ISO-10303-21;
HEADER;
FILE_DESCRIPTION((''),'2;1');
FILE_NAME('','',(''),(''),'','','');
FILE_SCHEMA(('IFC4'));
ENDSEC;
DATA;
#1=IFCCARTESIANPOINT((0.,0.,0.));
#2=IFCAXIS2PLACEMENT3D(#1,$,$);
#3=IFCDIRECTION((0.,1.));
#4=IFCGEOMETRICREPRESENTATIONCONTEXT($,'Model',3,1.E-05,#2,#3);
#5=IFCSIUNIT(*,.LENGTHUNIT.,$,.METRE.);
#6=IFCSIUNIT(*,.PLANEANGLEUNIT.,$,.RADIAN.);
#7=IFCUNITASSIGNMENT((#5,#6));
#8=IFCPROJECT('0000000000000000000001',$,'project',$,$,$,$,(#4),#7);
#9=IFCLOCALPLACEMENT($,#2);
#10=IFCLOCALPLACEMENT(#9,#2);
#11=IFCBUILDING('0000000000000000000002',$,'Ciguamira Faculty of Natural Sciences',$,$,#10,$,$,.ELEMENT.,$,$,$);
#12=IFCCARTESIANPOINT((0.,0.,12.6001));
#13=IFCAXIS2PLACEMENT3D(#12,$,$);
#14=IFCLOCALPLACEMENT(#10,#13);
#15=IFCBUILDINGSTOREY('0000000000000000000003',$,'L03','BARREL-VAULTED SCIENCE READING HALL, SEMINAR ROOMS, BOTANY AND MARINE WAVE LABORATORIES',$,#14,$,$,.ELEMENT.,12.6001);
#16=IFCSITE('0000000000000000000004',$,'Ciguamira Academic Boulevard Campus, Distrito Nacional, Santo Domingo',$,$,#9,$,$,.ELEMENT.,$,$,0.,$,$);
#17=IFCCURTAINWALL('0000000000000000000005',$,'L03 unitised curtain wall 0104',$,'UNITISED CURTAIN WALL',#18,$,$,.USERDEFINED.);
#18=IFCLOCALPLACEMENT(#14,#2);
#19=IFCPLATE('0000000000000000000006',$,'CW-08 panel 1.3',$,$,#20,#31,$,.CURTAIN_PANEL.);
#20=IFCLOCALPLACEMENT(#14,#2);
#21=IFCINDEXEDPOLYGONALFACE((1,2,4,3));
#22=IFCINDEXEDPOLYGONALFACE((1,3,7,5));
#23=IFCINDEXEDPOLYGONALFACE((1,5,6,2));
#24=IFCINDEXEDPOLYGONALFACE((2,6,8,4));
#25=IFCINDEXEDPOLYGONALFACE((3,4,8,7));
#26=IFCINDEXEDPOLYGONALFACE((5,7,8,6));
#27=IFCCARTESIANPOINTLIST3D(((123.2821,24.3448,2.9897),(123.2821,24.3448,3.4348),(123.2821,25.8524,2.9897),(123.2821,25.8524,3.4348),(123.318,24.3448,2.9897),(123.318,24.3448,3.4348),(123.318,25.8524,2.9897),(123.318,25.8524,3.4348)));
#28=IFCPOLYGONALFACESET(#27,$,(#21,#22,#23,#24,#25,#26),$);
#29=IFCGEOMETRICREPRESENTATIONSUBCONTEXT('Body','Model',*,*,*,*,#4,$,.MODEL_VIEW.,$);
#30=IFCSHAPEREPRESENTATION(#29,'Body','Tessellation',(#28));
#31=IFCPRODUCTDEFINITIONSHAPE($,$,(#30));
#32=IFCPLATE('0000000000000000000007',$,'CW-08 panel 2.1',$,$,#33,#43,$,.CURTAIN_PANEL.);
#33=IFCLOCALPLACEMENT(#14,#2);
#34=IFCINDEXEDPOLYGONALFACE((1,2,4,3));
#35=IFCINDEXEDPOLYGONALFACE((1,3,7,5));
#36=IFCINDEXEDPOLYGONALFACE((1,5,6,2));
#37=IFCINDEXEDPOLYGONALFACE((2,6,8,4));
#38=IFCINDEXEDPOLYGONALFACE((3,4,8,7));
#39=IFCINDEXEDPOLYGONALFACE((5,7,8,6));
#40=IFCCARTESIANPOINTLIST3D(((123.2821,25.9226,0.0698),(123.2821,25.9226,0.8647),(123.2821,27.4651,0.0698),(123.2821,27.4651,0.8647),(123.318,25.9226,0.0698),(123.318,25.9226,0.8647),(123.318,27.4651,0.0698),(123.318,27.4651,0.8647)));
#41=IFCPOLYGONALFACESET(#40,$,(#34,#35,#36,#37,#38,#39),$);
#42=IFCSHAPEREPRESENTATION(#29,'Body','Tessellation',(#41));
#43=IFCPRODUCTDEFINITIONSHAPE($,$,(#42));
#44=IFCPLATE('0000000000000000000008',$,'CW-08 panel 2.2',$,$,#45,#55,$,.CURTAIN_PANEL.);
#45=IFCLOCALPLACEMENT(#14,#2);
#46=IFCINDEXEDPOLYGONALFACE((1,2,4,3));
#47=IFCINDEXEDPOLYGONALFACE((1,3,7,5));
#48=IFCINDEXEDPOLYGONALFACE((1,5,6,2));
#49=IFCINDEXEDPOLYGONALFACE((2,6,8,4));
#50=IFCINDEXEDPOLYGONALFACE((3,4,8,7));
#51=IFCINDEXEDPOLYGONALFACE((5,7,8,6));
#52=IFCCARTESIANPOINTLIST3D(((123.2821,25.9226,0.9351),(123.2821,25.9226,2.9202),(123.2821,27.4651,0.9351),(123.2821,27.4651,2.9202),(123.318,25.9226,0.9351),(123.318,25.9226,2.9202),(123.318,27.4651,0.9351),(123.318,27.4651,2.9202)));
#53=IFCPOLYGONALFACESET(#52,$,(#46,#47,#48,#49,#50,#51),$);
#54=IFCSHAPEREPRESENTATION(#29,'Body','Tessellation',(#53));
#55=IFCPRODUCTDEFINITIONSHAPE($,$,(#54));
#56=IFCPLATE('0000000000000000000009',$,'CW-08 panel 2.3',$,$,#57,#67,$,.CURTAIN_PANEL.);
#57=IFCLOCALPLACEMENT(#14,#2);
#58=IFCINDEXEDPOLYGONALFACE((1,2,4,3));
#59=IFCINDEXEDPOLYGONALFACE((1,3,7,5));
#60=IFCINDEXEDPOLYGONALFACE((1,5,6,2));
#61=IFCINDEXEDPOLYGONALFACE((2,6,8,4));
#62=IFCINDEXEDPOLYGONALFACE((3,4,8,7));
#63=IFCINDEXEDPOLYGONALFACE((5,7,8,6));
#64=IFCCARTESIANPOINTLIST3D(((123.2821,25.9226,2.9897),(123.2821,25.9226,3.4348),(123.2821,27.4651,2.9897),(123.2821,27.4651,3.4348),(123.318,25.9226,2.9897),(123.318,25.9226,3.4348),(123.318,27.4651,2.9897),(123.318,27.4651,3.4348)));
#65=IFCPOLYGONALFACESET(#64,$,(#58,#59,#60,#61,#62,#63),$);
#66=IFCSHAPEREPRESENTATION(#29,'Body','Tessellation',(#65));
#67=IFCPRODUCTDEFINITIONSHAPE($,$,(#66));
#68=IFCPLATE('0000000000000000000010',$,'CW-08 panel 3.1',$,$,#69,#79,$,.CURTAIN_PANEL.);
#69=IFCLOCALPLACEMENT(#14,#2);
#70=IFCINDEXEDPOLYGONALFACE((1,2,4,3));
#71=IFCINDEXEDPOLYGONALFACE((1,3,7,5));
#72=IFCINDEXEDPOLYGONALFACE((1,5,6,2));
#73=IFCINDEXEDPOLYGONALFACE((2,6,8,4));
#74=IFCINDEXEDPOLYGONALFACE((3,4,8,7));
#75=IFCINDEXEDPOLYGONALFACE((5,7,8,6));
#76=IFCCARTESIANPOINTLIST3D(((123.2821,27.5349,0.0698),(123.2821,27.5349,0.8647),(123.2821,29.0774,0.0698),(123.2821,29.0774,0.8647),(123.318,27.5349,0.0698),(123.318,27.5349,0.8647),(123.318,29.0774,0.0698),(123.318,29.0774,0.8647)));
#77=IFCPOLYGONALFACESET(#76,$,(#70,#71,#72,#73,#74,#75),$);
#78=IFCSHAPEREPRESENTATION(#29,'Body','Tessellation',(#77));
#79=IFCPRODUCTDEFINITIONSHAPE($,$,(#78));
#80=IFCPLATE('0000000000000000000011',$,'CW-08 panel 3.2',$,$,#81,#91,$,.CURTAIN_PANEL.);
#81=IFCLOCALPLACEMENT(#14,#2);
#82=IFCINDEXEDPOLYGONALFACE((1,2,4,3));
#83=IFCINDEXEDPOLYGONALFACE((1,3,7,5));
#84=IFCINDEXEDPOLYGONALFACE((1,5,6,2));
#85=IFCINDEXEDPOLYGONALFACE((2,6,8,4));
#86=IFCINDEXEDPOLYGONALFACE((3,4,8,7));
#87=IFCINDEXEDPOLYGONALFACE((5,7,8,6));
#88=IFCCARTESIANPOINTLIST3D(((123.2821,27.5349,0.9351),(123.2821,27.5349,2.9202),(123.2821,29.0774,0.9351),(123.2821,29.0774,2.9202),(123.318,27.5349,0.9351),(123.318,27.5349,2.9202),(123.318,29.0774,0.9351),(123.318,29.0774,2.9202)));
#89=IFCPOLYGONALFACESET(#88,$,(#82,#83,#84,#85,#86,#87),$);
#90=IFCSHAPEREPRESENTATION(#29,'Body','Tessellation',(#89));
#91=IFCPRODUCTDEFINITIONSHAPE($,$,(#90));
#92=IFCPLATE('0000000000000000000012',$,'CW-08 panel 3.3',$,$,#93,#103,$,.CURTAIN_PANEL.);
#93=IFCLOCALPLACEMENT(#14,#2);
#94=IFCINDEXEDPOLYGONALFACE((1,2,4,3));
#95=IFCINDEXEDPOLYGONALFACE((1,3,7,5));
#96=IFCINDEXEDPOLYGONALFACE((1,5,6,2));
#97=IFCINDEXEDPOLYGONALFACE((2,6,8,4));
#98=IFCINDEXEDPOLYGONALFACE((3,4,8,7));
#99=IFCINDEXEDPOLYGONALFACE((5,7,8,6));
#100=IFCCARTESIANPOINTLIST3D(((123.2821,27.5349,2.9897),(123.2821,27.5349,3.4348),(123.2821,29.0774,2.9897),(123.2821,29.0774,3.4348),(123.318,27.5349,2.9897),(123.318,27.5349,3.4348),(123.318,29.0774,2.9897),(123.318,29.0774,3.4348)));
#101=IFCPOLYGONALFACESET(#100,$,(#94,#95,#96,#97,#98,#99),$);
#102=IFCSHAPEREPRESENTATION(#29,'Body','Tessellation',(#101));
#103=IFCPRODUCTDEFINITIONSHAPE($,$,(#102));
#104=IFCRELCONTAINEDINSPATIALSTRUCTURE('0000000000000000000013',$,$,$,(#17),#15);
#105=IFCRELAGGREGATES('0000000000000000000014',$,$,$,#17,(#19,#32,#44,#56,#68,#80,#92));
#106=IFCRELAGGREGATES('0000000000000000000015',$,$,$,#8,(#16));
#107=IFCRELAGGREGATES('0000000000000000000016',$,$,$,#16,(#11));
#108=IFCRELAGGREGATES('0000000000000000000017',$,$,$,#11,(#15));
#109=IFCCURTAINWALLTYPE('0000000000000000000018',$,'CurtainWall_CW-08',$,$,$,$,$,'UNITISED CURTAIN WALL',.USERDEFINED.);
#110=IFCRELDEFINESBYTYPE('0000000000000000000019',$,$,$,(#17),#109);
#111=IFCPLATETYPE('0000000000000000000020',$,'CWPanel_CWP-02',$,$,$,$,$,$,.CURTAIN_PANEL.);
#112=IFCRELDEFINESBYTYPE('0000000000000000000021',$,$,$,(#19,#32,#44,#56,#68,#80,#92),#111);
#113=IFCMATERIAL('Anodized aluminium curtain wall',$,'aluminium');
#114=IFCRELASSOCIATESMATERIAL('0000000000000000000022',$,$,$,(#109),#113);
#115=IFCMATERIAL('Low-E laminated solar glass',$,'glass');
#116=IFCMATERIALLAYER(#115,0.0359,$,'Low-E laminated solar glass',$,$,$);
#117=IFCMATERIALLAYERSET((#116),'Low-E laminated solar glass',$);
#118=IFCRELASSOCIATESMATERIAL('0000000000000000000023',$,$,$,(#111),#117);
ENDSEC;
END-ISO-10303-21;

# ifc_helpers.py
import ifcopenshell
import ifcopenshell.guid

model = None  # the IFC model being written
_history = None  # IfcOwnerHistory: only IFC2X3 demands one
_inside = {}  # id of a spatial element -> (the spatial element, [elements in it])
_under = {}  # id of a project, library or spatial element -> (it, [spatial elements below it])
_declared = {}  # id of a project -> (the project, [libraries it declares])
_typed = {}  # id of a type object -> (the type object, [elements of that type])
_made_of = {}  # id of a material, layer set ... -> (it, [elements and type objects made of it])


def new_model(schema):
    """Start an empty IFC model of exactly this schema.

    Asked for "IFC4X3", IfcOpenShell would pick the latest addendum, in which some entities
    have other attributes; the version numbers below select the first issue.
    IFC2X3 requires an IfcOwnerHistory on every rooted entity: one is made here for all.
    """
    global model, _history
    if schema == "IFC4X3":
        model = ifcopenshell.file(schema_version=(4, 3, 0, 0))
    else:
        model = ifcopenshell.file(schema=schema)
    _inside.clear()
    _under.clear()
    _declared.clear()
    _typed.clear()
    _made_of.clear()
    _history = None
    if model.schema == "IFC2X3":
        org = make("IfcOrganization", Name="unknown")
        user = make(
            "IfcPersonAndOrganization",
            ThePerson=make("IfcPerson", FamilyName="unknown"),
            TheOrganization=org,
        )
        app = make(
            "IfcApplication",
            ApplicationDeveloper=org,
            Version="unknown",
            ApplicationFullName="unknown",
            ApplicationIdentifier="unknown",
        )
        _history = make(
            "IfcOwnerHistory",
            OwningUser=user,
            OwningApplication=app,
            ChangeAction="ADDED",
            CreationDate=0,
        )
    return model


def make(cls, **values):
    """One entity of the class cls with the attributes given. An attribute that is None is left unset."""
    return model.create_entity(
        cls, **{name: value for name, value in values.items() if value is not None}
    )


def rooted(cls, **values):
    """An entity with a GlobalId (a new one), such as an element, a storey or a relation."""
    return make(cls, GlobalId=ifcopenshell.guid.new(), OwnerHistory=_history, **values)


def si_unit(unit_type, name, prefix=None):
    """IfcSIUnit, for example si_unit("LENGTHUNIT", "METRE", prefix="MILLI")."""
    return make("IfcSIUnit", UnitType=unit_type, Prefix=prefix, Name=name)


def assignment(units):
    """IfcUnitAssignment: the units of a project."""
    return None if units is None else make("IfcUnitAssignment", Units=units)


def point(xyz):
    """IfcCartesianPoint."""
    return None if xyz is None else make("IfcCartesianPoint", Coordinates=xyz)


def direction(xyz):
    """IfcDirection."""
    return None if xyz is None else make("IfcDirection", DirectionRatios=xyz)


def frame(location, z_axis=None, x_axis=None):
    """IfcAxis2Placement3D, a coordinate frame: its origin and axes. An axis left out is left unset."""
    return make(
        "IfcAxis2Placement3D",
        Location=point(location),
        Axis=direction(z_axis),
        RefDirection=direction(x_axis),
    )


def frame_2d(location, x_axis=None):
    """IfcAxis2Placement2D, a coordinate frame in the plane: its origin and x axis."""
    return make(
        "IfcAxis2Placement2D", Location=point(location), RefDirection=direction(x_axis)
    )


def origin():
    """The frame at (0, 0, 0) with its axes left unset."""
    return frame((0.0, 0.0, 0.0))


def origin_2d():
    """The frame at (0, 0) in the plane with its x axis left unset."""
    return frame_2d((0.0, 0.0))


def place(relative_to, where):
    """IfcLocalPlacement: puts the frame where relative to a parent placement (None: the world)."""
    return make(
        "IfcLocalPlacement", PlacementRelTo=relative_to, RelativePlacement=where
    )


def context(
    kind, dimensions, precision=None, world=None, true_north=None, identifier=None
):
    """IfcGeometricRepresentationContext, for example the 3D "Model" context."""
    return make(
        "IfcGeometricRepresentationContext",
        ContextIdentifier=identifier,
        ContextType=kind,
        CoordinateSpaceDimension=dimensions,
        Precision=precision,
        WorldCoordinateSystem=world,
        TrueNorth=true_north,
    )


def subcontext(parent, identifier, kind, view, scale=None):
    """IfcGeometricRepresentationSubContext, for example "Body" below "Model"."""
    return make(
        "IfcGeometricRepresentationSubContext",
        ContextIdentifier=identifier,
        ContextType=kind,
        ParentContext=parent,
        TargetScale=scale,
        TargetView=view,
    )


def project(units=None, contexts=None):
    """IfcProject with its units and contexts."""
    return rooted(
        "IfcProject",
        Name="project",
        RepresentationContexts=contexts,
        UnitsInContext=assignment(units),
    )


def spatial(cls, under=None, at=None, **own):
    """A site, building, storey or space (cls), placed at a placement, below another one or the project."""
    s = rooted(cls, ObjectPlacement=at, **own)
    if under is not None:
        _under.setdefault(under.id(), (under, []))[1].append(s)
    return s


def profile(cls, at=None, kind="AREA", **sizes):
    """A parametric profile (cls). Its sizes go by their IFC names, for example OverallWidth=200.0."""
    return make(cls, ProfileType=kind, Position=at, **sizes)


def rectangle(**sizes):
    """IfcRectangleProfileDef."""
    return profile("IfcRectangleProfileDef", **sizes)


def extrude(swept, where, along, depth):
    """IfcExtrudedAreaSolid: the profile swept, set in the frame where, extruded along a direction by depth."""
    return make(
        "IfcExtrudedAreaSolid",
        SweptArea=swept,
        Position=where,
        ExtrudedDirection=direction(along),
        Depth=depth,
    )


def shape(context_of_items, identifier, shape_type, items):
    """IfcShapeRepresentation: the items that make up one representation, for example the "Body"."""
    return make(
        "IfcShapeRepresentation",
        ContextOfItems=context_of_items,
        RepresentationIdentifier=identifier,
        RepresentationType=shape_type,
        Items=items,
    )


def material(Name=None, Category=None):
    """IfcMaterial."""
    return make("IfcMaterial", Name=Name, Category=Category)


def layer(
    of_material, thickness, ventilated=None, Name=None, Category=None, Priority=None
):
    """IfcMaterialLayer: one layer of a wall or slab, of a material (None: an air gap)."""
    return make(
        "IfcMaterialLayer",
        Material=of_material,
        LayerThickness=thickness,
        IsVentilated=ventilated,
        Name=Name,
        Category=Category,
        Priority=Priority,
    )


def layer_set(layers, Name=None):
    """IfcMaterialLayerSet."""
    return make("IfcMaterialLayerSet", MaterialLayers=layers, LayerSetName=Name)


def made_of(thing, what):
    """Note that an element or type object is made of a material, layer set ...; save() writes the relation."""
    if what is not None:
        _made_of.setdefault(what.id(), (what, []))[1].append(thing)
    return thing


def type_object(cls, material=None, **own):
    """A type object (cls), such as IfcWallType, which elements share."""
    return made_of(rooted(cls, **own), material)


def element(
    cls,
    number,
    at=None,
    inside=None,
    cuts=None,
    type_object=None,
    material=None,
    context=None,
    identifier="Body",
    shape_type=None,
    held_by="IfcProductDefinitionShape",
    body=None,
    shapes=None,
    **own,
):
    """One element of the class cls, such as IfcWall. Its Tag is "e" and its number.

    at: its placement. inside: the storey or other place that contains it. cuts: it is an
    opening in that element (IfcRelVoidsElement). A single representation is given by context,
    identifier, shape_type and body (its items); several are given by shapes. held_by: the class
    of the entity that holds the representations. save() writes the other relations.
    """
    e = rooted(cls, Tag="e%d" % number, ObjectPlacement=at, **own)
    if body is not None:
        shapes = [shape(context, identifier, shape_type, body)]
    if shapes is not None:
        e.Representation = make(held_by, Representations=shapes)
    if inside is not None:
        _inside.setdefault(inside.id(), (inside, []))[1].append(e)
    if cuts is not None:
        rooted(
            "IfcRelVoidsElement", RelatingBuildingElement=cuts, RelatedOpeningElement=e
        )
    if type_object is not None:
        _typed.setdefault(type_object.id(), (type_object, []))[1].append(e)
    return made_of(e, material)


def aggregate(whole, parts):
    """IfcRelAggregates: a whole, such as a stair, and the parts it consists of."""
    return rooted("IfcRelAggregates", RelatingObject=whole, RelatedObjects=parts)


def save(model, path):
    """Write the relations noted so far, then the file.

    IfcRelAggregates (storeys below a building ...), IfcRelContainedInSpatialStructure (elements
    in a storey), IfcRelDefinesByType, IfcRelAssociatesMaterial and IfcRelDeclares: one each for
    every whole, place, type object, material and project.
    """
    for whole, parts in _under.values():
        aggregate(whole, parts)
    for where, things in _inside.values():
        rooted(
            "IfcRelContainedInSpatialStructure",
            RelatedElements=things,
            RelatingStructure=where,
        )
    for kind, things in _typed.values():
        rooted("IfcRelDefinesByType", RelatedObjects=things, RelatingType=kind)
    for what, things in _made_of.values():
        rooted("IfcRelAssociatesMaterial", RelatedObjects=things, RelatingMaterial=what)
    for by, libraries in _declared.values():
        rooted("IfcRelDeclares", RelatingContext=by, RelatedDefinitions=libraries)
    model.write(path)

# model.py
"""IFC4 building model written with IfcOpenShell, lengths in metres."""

from ifc_helpers import new_model, si_unit, direction, frame, origin, origin_2d, place, context, subcontext, project, spatial, rectangle, extrude, material, layer, layer_set, type_object, element, aggregate, save


model = new_model("IFC4")

# Units and contexts
model_context = context("Model", 3, precision=1e-05, world=origin(), true_north=direction((0.0, 1.0)))
body_context = subcontext(model_context, "Body", "Model", "MODEL_VIEW")
ifc_project = project(units=[si_unit("LENGTHUNIT", "METRE"), si_unit("PLANEANGLEUNIT", "RADIAN")], contexts=[model_context])

# Site, building, storey
site_placement = place(None, origin())
site = spatial("IfcSite", under=ifc_project, at=site_placement, Name="Ciguamira Academic Boulevard Campus, Distrito Nacional, Santo Domingo", CompositionType="ELEMENT", RefElevation=0.0)
building_placement = place(site_placement, origin())
building = spatial("IfcBuilding", under=site, at=building_placement, Name="Ciguamira Faculty of Natural Sciences", CompositionType="ELEMENT")
storey_placement = place(building_placement, frame((0.0, 0.0, 12.6001)))
storey = spatial("IfcBuildingStorey", under=building, at=storey_placement, Name="L03", Description="BARREL-VAULTED SCIENCE READING HALL, SEMINAR ROOMS, BOTANY AND MARINE WAVE LABORATORIES", CompositionType="ELEMENT", Elevation=12.6001)

# Curtain wall, plates
ifc_material_1 = material(Name="Anodized aluminium curtain wall", Category="aluminium")
curtain_wall_type = type_object("IfcCurtainWallType", Name="CurtainWall_CW-08", ElementType="UNITISED CURTAIN WALL", PredefinedType="USERDEFINED", material=ifc_material_1)
curtain_wall_placement = place(storey_placement, origin())
curtain_wall = element("IfcCurtainWall", 1, at=curtain_wall_placement, inside=storey, type_object=curtain_wall_type, Name="L03 unitised curtain wall 0104", ObjectType="UNITISED CURTAIN WALL", PredefinedType="USERDEFINED")
ifc_material_2 = material(Name="Low-E laminated solar glass", Category="glass")
ifc_layer = layer(ifc_material_2, 0.0359, Name="Low-E laminated solar glass")
ifc_layer_set = layer_set([ifc_layer], Name="Low-E laminated solar glass")
plate_type = type_object("IfcPlateType", Name="CWPanel_CWP-02", PredefinedType="CURTAIN_PANEL", material=ifc_layer_set)
plate_1_placement = place(storey_placement, frame((123.3, 25.0986, 2.9897), z_axis=(0.0, 0.0, 1.0), x_axis=(0.0, 1.0, 0.0)))
plate_1 = element("IfcPlate", 2, at=plate_1_placement, type_object=plate_type, Name="CW-08 panel 1.3", PredefinedType="CURTAIN_PANEL", context=body_context, shape_type="SweptSolid", body=[
    extrude(rectangle(XDim=1.5076, YDim=0.0359, at=origin_2d()), origin(), (0.0, 0.0, 1.0), 0.4451),
])
plate_2_placement = place(storey_placement, frame((123.3, 26.6938, 0.0698), z_axis=(0.0, 0.0, 1.0), x_axis=(0.0, 1.0, 0.0)))
plate_2 = element("IfcPlate", 3, at=plate_2_placement, type_object=plate_type, Name="CW-08 panel 2.1", PredefinedType="CURTAIN_PANEL", context=body_context, shape_type="SweptSolid", body=[
    extrude(rectangle(XDim=1.5425, YDim=0.0359, at=origin_2d()), origin(), (0.0, 0.0, 1.0), 0.7949),
])
plate_3_placement = place(storey_placement, frame((123.3, 26.6938, 0.9351), z_axis=(0.0, 0.0, 1.0), x_axis=(0.0, 1.0, 0.0)))
plate_3 = element("IfcPlate", 4, at=plate_3_placement, type_object=plate_type, Name="CW-08 panel 2.2", PredefinedType="CURTAIN_PANEL", context=body_context, shape_type="SweptSolid", body=[
    extrude(rectangle(XDim=1.5425, YDim=0.0359, at=origin_2d()), origin(), (0.0, 0.0, 1.0), 1.9851),
])
plate_4_placement = place(storey_placement, frame((123.3, 26.6938, 2.9897), z_axis=(0.0, 0.0, 1.0), x_axis=(0.0, 1.0, 0.0)))
plate_4 = element("IfcPlate", 5, at=plate_4_placement, type_object=plate_type, Name="CW-08 panel 2.3", PredefinedType="CURTAIN_PANEL", context=body_context, shape_type="SweptSolid", body=[
    extrude(rectangle(XDim=1.5425, YDim=0.0359, at=origin_2d()), origin(), (0.0, 0.0, 1.0), 0.4451),
])
plate_5_placement = place(storey_placement, frame((123.3, 28.3062, 0.0698), z_axis=(0.0, 0.0, 1.0), x_axis=(0.0, 1.0, 0.0)))
plate_5 = element("IfcPlate", 6, at=plate_5_placement, type_object=plate_type, Name="CW-08 panel 3.1", PredefinedType="CURTAIN_PANEL", context=body_context, shape_type="SweptSolid", body=[
    extrude(rectangle(XDim=1.5425, YDim=0.0359, at=origin_2d()), origin(), (0.0, 0.0, 1.0), 0.7949),
])
plate_6_placement = place(storey_placement, frame((123.3, 28.3062, 0.9351), z_axis=(0.0, 0.0, 1.0), x_axis=(0.0, 1.0, 0.0)))
plate_6 = element("IfcPlate", 7, at=plate_6_placement, type_object=plate_type, Name="CW-08 panel 3.2", PredefinedType="CURTAIN_PANEL", context=body_context, shape_type="SweptSolid", body=[
    extrude(rectangle(XDim=1.5425, YDim=0.0359, at=origin_2d()), origin(), (0.0, 0.0, 1.0), 1.9851),
])
plate_7_placement = place(storey_placement, frame((123.3, 28.3062, 2.9897), z_axis=(0.0, 0.0, 1.0), x_axis=(0.0, 1.0, 0.0)))
plate_7 = element("IfcPlate", 8, at=plate_7_placement, type_object=plate_type, Name="CW-08 panel 3.3", PredefinedType="CURTAIN_PANEL", context=body_context, shape_type="SweptSolid", body=[
    extrude(rectangle(XDim=1.5425, YDim=0.0359, at=origin_2d()), origin(), (0.0, 0.0, 1.0), 0.4451),
])
aggregate(curtain_wall, [plate_1, plate_2, plate_3, plate_4, plate_5, plate_6, plate_7])

save(model, "model.ifc")
